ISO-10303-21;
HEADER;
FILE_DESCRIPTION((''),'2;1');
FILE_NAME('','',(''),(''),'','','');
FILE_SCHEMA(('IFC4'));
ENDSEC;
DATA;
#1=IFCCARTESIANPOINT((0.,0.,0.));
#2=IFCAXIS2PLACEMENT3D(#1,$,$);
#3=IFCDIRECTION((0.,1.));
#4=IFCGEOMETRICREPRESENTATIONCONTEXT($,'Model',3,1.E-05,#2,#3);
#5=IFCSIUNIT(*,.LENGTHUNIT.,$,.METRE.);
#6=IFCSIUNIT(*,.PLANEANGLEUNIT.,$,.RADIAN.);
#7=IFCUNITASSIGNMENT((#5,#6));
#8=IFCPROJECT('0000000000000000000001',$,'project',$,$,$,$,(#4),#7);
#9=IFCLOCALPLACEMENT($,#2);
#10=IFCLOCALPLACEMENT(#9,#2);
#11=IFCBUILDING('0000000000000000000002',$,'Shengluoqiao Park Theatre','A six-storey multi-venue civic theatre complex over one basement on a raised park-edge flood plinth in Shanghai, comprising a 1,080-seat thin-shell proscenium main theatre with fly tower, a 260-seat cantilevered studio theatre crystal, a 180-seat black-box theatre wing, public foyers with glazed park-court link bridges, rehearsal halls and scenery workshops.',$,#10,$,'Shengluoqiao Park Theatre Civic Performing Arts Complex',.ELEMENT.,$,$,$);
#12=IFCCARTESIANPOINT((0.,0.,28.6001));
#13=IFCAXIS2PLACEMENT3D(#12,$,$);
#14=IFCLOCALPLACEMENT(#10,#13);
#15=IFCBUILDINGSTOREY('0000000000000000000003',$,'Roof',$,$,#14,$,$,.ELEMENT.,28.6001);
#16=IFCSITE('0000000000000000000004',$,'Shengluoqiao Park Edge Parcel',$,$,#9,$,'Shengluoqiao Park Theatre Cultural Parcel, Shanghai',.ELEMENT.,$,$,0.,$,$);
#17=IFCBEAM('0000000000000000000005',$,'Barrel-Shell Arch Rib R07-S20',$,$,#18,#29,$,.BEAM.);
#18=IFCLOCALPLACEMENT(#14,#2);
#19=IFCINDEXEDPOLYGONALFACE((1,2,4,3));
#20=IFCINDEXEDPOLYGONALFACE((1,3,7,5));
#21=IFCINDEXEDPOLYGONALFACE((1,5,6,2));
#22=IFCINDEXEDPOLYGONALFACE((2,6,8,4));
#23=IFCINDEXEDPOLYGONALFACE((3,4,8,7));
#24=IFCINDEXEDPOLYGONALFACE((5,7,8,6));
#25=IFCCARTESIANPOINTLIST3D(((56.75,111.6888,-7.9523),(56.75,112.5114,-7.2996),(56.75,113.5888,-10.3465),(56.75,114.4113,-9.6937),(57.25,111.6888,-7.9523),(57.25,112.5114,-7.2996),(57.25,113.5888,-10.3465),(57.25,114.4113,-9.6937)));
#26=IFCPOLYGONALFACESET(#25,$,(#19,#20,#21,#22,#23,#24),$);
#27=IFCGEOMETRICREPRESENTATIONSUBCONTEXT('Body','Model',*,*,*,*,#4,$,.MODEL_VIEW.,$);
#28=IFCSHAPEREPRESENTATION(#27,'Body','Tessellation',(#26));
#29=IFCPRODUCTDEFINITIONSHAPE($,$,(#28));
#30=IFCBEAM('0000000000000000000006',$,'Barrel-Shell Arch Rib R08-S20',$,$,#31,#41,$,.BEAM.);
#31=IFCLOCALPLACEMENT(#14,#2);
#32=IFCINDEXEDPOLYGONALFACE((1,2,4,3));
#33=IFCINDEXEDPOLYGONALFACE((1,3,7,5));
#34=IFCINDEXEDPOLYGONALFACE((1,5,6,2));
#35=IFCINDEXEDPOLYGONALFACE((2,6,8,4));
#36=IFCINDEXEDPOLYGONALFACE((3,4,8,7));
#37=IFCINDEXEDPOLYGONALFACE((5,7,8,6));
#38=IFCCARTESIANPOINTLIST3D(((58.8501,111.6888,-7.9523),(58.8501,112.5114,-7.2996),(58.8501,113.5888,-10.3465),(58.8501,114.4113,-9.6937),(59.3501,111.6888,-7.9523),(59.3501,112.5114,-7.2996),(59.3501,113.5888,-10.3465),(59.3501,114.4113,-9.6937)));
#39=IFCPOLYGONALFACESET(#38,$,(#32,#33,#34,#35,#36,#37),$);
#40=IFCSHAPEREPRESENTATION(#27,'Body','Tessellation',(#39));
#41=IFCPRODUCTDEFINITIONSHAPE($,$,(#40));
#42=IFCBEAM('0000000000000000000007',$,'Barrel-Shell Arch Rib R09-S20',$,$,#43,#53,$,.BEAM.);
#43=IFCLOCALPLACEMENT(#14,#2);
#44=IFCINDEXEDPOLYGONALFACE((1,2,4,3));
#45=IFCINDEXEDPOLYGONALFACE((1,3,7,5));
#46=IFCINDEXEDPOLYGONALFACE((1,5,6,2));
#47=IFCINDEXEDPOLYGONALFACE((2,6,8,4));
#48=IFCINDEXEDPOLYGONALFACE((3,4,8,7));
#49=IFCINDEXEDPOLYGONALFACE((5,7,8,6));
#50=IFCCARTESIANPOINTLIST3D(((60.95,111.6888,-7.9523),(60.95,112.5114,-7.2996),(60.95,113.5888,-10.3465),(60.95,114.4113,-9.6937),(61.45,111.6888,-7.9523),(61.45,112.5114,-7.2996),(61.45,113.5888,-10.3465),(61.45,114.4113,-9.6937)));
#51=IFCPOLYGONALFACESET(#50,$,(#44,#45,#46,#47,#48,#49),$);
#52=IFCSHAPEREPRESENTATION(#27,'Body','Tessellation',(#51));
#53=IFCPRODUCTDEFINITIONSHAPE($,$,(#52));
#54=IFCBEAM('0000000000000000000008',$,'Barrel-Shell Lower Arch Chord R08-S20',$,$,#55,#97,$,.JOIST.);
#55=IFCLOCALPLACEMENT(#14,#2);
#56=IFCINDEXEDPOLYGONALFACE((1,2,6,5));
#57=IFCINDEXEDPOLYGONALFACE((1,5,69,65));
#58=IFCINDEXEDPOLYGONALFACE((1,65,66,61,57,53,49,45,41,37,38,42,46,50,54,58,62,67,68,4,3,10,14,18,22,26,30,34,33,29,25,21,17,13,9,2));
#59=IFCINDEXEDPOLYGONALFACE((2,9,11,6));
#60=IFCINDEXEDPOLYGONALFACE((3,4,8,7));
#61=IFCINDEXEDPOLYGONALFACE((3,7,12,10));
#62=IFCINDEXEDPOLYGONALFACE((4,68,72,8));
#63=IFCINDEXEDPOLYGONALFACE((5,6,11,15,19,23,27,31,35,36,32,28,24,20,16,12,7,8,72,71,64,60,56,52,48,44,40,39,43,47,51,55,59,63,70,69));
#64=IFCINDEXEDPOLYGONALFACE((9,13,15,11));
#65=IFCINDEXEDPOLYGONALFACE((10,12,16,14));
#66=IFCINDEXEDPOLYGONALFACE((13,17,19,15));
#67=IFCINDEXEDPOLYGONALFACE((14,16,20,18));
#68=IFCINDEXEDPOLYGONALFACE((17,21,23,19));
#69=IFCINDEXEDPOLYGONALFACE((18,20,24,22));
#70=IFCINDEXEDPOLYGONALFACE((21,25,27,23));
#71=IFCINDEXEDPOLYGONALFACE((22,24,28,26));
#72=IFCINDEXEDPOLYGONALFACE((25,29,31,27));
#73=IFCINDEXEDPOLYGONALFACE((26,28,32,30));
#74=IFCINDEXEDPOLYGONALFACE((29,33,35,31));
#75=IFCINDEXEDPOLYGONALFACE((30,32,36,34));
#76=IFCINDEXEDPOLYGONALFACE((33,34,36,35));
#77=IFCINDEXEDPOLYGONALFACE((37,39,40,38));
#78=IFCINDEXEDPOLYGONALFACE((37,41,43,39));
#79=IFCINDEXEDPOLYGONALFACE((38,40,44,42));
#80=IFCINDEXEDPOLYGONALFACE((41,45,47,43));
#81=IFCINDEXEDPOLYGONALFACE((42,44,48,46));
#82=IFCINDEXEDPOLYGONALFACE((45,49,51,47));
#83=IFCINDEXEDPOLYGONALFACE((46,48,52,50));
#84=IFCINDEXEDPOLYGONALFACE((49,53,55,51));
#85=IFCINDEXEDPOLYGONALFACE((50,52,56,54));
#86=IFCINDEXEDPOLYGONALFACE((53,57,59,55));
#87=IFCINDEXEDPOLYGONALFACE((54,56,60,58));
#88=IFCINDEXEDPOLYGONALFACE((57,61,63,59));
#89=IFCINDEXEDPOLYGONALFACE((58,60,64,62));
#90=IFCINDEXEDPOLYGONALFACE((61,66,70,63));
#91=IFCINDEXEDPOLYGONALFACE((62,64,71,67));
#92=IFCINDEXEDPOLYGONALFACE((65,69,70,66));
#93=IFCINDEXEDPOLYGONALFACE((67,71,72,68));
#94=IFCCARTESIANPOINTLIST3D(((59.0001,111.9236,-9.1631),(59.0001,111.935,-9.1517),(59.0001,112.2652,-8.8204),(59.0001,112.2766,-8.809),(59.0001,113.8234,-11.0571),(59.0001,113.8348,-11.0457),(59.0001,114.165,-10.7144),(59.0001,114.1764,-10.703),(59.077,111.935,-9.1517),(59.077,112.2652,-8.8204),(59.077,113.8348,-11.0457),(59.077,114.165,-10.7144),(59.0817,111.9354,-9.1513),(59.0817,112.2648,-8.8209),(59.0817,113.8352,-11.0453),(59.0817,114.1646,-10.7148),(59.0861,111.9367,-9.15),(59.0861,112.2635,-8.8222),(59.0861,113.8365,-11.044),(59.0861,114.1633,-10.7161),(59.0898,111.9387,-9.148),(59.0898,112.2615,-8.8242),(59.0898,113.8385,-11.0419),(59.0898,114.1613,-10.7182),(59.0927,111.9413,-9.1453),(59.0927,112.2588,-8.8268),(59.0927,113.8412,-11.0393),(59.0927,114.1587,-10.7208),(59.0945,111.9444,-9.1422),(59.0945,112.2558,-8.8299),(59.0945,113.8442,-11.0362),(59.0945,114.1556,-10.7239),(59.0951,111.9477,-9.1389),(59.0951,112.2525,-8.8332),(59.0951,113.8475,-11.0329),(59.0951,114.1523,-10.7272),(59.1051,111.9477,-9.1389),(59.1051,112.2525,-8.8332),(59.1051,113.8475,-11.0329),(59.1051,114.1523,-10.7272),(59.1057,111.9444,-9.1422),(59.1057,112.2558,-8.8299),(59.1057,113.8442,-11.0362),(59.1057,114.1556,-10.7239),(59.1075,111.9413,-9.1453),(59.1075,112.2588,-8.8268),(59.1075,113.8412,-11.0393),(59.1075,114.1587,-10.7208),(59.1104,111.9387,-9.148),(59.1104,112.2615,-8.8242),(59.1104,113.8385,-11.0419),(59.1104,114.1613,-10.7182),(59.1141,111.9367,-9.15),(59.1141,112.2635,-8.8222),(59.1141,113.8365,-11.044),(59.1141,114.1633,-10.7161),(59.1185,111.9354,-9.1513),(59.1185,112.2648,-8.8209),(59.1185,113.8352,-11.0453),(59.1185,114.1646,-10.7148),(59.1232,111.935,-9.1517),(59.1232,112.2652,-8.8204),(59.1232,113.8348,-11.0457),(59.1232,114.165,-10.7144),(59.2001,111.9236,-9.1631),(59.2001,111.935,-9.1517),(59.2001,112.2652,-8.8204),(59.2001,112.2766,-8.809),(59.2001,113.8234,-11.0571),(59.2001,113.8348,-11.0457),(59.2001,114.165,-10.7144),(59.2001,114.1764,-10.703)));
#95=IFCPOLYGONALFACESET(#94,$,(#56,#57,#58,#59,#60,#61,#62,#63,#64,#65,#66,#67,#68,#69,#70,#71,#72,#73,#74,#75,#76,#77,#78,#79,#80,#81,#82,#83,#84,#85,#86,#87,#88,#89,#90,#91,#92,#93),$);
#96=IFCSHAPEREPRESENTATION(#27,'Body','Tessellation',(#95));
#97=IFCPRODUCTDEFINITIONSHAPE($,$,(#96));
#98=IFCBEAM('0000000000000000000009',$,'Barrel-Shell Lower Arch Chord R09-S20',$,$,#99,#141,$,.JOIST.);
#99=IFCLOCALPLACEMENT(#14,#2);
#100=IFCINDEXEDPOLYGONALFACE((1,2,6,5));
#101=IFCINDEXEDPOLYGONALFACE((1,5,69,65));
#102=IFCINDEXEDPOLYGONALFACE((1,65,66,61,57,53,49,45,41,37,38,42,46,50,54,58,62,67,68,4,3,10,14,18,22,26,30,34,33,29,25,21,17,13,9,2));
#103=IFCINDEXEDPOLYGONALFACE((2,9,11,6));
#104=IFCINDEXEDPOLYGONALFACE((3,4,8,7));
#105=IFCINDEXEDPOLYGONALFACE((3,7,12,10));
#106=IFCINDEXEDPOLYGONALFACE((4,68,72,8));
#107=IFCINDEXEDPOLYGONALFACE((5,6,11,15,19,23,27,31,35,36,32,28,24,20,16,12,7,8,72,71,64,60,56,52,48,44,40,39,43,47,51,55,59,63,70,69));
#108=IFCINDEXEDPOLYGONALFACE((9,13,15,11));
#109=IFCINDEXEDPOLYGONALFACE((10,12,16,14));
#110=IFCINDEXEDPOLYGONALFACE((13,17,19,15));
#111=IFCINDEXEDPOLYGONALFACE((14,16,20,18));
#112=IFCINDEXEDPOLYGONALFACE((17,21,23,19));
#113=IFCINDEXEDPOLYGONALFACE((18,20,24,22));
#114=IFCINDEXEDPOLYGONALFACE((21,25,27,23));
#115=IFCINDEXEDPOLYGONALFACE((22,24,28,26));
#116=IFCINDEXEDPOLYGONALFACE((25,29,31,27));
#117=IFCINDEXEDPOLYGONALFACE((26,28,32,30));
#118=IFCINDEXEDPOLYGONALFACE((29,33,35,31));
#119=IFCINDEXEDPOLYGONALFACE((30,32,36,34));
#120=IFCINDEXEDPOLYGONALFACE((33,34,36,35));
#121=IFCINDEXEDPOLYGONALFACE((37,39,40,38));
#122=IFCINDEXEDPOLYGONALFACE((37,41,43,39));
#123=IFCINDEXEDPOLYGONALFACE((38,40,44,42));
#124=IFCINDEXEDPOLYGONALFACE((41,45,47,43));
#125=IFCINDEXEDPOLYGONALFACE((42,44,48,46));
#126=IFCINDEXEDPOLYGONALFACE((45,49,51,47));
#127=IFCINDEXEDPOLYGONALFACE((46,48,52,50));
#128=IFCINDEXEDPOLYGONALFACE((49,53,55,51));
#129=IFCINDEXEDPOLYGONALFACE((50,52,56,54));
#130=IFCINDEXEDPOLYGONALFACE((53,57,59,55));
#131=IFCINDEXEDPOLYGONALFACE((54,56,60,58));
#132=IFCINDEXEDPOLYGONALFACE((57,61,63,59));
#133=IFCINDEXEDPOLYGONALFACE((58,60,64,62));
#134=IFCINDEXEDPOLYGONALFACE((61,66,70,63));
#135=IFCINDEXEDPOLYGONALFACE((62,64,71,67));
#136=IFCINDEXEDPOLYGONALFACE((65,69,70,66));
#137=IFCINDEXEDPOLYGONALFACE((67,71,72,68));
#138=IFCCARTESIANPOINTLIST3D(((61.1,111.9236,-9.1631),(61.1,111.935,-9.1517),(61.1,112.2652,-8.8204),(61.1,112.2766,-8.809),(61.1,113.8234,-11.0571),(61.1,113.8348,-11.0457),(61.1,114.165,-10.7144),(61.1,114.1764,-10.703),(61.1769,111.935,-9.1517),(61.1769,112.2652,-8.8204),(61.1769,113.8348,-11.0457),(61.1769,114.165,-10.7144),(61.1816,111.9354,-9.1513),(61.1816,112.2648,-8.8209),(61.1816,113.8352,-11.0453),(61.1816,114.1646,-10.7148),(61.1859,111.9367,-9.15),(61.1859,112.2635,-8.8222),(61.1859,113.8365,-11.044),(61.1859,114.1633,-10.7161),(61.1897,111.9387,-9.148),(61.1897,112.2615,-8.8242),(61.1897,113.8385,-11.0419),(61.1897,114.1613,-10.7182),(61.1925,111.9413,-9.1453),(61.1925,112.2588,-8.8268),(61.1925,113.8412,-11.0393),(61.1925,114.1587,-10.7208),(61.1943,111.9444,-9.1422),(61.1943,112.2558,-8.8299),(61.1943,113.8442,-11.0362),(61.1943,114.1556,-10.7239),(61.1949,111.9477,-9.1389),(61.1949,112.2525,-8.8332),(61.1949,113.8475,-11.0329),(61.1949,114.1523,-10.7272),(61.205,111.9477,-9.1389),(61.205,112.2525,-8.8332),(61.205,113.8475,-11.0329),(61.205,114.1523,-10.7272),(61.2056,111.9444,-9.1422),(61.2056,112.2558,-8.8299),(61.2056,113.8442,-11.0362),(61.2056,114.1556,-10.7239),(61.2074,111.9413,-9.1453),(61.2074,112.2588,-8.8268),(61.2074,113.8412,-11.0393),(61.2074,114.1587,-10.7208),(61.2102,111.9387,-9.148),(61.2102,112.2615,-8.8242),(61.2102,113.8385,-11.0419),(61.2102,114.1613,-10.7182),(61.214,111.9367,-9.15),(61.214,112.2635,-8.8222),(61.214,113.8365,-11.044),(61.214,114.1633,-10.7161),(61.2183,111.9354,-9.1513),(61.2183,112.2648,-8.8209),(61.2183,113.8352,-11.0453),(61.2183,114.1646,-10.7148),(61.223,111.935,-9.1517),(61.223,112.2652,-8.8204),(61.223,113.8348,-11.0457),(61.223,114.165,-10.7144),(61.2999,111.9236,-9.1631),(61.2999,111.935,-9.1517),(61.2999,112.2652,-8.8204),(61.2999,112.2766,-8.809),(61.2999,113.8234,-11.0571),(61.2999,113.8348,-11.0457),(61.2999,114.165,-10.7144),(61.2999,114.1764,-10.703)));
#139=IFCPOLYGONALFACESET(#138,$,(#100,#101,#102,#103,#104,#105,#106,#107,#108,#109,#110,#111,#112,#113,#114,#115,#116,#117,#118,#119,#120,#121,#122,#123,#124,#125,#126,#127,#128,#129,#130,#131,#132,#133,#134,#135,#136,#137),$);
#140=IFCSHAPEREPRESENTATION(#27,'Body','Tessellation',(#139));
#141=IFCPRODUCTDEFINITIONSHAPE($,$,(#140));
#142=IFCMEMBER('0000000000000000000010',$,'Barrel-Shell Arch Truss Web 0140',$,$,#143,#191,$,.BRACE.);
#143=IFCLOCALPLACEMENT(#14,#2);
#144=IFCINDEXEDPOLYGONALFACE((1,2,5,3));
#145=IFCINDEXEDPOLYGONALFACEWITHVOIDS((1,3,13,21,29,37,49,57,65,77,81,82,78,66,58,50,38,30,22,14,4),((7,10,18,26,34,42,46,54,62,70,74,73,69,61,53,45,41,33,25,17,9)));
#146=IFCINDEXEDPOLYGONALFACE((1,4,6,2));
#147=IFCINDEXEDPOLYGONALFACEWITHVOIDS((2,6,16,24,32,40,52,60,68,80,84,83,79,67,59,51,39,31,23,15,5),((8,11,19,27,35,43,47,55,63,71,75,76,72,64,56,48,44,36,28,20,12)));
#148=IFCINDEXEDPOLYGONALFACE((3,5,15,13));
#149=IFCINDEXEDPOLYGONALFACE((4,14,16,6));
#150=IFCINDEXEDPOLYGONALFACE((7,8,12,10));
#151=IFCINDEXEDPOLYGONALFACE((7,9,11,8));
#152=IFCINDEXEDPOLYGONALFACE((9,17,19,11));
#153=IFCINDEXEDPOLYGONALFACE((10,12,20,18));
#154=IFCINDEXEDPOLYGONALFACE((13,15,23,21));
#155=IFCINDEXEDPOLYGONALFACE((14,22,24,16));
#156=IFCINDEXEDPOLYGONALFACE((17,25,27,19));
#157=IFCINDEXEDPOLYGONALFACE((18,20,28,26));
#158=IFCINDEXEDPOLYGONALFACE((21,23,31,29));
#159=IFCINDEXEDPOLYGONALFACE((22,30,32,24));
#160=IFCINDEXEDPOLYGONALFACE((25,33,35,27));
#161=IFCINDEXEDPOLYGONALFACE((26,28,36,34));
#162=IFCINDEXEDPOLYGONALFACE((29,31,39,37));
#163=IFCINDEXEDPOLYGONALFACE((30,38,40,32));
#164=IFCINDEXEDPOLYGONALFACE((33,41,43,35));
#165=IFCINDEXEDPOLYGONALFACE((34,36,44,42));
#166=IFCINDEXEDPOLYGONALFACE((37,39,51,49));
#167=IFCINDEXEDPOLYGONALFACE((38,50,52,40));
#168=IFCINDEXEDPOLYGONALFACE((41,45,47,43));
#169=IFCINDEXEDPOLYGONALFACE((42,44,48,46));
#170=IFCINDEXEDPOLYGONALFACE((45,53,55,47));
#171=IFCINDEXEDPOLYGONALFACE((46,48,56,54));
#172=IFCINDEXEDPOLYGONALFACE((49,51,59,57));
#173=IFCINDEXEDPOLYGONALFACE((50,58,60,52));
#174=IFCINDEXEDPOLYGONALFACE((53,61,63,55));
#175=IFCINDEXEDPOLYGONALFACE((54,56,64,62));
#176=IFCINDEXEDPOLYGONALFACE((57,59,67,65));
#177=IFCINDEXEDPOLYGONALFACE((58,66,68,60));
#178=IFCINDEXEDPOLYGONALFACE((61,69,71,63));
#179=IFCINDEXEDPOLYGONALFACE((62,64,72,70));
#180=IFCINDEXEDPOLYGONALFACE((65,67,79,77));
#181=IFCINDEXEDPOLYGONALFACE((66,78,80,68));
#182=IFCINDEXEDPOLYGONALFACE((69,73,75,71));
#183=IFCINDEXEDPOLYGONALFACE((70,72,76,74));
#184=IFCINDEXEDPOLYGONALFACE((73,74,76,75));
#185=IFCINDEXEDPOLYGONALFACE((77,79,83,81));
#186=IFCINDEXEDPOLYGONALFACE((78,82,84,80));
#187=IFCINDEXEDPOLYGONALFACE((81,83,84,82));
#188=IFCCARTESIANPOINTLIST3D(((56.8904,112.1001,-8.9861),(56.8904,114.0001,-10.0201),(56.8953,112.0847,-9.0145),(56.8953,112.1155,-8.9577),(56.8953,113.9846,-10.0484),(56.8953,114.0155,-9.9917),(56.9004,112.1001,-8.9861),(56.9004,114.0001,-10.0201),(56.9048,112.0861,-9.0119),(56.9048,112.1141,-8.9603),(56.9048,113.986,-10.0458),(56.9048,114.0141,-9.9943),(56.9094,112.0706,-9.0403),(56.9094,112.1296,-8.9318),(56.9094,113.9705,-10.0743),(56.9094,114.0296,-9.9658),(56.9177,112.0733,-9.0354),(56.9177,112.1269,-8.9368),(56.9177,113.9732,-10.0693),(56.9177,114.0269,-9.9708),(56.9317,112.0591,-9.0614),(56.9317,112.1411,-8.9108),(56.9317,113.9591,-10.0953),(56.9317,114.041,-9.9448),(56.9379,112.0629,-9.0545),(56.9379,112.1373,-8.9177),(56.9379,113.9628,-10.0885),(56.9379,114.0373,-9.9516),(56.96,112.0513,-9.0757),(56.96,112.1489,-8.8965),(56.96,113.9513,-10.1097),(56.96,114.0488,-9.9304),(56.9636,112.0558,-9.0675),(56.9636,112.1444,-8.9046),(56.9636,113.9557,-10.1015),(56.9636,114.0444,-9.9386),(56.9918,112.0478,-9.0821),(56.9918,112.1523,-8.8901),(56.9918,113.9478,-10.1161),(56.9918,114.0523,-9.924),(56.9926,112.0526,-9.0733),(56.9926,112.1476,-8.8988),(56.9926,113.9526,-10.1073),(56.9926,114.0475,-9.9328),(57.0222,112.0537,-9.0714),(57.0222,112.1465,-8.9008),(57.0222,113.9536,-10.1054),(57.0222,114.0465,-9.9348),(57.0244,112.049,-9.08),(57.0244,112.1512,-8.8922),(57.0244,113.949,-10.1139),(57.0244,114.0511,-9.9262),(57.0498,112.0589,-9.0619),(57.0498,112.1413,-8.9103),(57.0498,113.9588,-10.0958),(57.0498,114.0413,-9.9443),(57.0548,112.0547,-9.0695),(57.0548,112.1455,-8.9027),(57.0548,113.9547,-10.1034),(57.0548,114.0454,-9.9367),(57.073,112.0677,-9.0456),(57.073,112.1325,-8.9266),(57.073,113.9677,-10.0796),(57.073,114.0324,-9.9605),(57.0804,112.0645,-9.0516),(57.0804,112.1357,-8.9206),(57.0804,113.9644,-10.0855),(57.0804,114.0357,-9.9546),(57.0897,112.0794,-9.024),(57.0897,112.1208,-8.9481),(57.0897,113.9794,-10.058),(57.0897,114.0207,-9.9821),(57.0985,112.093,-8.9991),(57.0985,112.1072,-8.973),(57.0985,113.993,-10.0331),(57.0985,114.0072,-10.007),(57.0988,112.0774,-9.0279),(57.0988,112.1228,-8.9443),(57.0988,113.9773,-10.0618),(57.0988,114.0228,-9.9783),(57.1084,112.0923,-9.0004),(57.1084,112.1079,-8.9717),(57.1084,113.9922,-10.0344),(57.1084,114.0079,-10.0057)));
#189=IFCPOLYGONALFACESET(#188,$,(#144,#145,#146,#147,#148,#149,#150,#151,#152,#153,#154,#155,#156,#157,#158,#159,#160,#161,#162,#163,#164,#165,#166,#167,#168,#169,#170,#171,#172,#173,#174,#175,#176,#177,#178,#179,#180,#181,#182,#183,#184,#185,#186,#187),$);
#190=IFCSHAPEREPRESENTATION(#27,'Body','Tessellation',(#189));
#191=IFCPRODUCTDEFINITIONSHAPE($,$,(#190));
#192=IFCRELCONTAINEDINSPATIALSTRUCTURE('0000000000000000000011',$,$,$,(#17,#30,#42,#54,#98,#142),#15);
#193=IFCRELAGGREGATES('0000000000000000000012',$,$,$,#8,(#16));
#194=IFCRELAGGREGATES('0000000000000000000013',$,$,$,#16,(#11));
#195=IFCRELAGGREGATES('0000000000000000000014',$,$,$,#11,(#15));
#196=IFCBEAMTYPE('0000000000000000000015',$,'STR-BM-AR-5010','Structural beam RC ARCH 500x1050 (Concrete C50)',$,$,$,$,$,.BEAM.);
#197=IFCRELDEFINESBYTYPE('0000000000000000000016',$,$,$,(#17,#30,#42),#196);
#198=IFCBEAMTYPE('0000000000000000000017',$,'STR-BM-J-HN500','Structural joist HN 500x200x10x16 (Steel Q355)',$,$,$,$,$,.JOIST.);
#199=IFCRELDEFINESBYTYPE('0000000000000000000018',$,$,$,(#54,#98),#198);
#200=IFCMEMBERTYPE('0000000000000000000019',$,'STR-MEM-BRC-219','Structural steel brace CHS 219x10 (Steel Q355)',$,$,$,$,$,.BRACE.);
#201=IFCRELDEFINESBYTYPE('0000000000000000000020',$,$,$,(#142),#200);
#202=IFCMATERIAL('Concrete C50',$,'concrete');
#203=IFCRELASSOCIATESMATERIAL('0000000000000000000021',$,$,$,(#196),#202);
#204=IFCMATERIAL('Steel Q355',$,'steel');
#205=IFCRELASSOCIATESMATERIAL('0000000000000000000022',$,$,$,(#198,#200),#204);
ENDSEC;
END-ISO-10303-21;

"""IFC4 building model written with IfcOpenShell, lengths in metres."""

from ifc_helpers import new_model, si_unit, direction, frame, origin, origin_2d, place, context, subcontext, project, spatial, rectangle, hollow_circle, i_section, extrude, material, material_profile, profile_set, type_object, element, save


model = new_model("IFC4")

# Units and contexts
model_context = context("Model", 3, precision=1e-05, world=origin(), true_north=direction((0.0, 1.0)))
body_context = subcontext(model_context, "Body", "Model", "MODEL_VIEW")
ifc_project = project(units=[si_unit("LENGTHUNIT", "METRE"), si_unit("PLANEANGLEUNIT", "RADIAN")], contexts=[model_context])

# Site, building, storey
site_placement = place(None, origin())
site = spatial("IfcSite", under=ifc_project, at=site_placement, Name="Shengluoqiao Park Edge Parcel", LongName="Shengluoqiao Park Theatre Cultural Parcel, Shanghai", CompositionType="ELEMENT", RefElevation=0.0)
building_placement = place(site_placement, origin())
building = spatial("IfcBuilding", under=site, at=building_placement, Name="Shengluoqiao Park Theatre", Description="A six-storey multi-venue civic theatre complex over one basement on a raised park-edge flood plinth in Shanghai, comprising a 1,080-seat thin-shell proscenium main theatre with fly tower, a 260-seat cantilevered studio theatre crystal, a 180-seat black-box theatre wing, public foyers with glazed park-court link bridges, rehearsal halls and scenery workshops.", LongName="Shengluoqiao Park Theatre Civic Performing Arts Complex", CompositionType="ELEMENT")
storey_placement = place(building_placement, frame((0.0, 0.0, 28.6001)))
storey = spatial("IfcBuildingStorey", under=building, at=storey_placement, Name="Roof", CompositionType="ELEMENT", Elevation=28.6001)

# Beams
ifc_material_1 = material(Name="Concrete C50", Category="concrete")
ifc_material_profile_1 = material_profile(ifc_material_1, rectangle(XDim=0.5, YDim=1.05, at=origin_2d()), Name="RC ARCH 500x1050")
ifc_profile_set_1 = profile_set([ifc_material_profile_1], Name="Concrete C50")
beam_type_1 = type_object("IfcBeamType", Name="STR-BM-AR-5010", Description="Structural beam RC ARCH 500x1050 (Concrete C50)", PredefinedType="BEAM", material=ifc_profile_set_1)
for number, where, z_axis, x_axis, name in (
    (1, (57.0, 112.1001, -7.626), (0.0, 0.621631, -0.78331), (-1.0, 0.0, 0.0), "Barrel-Shell Arch Rib R07-S20"),
    (2, (59.1001, 112.1001, -7.626), (0.0, 0.621631, -0.78331), (-1.0, 0.0, 0.0), "Barrel-Shell Arch Rib R08-S20"),
    (3, (61.2, 112.1001, -7.626), (0.0, 0.621631, -0.78331), (-1.0, 0.0, 0.0), "Barrel-Shell Arch Rib R09-S20"),
):
    element("IfcBeam", number, at=place(storey_placement, frame(where, z_axis=z_axis, x_axis=x_axis)), inside=storey, type_object=beam_type_1, Name=name, PredefinedType="BEAM", context=body_context, shape_type="SweptSolid", body=[
        extrude(rectangle(XDim=0.5, YDim=1.05, at=origin_2d()), origin(), (0.0, 0.0, 1.0), 3.0564),
    ])
ifc_material_2 = material(Name="Steel Q355", Category="steel")
ifc_material_profile_2 = material_profile(ifc_material_2, i_section(OverallWidth=0.2, OverallDepth=0.5, WebThickness=0.01, FlangeThickness=0.0161, FilletRadius=0.0181, at=origin_2d()), Name="HN 500x200x10x16")
ifc_profile_set_2 = profile_set([ifc_material_profile_2], Name="Steel Q355")
beam_type_2 = type_object("IfcBeamType", Name="STR-BM-J-HN500", Description="Structural joist HN 500x200x10x16 (Steel Q355)", PredefinedType="JOIST", material=ifc_profile_set_2)
for number, where, z_axis, x_axis, name in (
    (4, (59.1001, 112.1001, -8.9861), (0.0, 0.708198, -0.706014), (-1.0, 0.0, 0.0), "Barrel-Shell Lower Arch Chord R08-S20"),
    (5, (61.2, 112.1001, -8.9861), (0.0, 0.708198, -0.706014), (-1.0, 0.0, 0.0), "Barrel-Shell Lower Arch Chord R09-S20"),
):
    element("IfcBeam", number, at=place(storey_placement, frame(where, z_axis=z_axis, x_axis=x_axis)), inside=storey, type_object=beam_type_2, Name=name, PredefinedType="JOIST", context=body_context, shape_type="SweptSolid", body=[
        extrude(i_section(OverallWidth=0.2, OverallDepth=0.5, WebThickness=0.01, FlangeThickness=0.0161, FilletRadius=0.0181, at=origin_2d()), origin(), (0.0, 0.0, 1.0), 2.6826),
    ])

# Member
ifc_material_profile_3 = material_profile(ifc_material_2, hollow_circle(Radius=0.1096, WallThickness=0.01, at=origin_2d()), Name="CHS 219x10")
ifc_profile_set_3 = profile_set([ifc_material_profile_3], Name="Steel Q355")
member_type_1 = type_object("IfcMemberType", Name="STR-MEM-BRC-219", Description="Structural steel brace CHS 219x10 (Steel Q355)", PredefinedType="BRACE", material=ifc_profile_set_3)
for number, where, z_axis, x_axis, name in (
    (6, (57.0, 112.1001, -8.9861), (0.0, 0.878357, -0.478006), (-1.0, 0.0, 0.0), "Barrel-Shell Arch Truss Web 0140"),
):
    element("IfcMember", number, at=place(storey_placement, frame(where, z_axis=z_axis, x_axis=x_axis)), inside=storey, type_object=member_type_1, Name=name, PredefinedType="BRACE", context=body_context, shape_type="SweptSolid", body=[
        extrude(hollow_circle(Radius=0.1096, WallThickness=0.01, at=origin_2d()), origin(), (0.0, 0.0, 1.0), 2.1631),
    ])

save(model, "model.ifc")
